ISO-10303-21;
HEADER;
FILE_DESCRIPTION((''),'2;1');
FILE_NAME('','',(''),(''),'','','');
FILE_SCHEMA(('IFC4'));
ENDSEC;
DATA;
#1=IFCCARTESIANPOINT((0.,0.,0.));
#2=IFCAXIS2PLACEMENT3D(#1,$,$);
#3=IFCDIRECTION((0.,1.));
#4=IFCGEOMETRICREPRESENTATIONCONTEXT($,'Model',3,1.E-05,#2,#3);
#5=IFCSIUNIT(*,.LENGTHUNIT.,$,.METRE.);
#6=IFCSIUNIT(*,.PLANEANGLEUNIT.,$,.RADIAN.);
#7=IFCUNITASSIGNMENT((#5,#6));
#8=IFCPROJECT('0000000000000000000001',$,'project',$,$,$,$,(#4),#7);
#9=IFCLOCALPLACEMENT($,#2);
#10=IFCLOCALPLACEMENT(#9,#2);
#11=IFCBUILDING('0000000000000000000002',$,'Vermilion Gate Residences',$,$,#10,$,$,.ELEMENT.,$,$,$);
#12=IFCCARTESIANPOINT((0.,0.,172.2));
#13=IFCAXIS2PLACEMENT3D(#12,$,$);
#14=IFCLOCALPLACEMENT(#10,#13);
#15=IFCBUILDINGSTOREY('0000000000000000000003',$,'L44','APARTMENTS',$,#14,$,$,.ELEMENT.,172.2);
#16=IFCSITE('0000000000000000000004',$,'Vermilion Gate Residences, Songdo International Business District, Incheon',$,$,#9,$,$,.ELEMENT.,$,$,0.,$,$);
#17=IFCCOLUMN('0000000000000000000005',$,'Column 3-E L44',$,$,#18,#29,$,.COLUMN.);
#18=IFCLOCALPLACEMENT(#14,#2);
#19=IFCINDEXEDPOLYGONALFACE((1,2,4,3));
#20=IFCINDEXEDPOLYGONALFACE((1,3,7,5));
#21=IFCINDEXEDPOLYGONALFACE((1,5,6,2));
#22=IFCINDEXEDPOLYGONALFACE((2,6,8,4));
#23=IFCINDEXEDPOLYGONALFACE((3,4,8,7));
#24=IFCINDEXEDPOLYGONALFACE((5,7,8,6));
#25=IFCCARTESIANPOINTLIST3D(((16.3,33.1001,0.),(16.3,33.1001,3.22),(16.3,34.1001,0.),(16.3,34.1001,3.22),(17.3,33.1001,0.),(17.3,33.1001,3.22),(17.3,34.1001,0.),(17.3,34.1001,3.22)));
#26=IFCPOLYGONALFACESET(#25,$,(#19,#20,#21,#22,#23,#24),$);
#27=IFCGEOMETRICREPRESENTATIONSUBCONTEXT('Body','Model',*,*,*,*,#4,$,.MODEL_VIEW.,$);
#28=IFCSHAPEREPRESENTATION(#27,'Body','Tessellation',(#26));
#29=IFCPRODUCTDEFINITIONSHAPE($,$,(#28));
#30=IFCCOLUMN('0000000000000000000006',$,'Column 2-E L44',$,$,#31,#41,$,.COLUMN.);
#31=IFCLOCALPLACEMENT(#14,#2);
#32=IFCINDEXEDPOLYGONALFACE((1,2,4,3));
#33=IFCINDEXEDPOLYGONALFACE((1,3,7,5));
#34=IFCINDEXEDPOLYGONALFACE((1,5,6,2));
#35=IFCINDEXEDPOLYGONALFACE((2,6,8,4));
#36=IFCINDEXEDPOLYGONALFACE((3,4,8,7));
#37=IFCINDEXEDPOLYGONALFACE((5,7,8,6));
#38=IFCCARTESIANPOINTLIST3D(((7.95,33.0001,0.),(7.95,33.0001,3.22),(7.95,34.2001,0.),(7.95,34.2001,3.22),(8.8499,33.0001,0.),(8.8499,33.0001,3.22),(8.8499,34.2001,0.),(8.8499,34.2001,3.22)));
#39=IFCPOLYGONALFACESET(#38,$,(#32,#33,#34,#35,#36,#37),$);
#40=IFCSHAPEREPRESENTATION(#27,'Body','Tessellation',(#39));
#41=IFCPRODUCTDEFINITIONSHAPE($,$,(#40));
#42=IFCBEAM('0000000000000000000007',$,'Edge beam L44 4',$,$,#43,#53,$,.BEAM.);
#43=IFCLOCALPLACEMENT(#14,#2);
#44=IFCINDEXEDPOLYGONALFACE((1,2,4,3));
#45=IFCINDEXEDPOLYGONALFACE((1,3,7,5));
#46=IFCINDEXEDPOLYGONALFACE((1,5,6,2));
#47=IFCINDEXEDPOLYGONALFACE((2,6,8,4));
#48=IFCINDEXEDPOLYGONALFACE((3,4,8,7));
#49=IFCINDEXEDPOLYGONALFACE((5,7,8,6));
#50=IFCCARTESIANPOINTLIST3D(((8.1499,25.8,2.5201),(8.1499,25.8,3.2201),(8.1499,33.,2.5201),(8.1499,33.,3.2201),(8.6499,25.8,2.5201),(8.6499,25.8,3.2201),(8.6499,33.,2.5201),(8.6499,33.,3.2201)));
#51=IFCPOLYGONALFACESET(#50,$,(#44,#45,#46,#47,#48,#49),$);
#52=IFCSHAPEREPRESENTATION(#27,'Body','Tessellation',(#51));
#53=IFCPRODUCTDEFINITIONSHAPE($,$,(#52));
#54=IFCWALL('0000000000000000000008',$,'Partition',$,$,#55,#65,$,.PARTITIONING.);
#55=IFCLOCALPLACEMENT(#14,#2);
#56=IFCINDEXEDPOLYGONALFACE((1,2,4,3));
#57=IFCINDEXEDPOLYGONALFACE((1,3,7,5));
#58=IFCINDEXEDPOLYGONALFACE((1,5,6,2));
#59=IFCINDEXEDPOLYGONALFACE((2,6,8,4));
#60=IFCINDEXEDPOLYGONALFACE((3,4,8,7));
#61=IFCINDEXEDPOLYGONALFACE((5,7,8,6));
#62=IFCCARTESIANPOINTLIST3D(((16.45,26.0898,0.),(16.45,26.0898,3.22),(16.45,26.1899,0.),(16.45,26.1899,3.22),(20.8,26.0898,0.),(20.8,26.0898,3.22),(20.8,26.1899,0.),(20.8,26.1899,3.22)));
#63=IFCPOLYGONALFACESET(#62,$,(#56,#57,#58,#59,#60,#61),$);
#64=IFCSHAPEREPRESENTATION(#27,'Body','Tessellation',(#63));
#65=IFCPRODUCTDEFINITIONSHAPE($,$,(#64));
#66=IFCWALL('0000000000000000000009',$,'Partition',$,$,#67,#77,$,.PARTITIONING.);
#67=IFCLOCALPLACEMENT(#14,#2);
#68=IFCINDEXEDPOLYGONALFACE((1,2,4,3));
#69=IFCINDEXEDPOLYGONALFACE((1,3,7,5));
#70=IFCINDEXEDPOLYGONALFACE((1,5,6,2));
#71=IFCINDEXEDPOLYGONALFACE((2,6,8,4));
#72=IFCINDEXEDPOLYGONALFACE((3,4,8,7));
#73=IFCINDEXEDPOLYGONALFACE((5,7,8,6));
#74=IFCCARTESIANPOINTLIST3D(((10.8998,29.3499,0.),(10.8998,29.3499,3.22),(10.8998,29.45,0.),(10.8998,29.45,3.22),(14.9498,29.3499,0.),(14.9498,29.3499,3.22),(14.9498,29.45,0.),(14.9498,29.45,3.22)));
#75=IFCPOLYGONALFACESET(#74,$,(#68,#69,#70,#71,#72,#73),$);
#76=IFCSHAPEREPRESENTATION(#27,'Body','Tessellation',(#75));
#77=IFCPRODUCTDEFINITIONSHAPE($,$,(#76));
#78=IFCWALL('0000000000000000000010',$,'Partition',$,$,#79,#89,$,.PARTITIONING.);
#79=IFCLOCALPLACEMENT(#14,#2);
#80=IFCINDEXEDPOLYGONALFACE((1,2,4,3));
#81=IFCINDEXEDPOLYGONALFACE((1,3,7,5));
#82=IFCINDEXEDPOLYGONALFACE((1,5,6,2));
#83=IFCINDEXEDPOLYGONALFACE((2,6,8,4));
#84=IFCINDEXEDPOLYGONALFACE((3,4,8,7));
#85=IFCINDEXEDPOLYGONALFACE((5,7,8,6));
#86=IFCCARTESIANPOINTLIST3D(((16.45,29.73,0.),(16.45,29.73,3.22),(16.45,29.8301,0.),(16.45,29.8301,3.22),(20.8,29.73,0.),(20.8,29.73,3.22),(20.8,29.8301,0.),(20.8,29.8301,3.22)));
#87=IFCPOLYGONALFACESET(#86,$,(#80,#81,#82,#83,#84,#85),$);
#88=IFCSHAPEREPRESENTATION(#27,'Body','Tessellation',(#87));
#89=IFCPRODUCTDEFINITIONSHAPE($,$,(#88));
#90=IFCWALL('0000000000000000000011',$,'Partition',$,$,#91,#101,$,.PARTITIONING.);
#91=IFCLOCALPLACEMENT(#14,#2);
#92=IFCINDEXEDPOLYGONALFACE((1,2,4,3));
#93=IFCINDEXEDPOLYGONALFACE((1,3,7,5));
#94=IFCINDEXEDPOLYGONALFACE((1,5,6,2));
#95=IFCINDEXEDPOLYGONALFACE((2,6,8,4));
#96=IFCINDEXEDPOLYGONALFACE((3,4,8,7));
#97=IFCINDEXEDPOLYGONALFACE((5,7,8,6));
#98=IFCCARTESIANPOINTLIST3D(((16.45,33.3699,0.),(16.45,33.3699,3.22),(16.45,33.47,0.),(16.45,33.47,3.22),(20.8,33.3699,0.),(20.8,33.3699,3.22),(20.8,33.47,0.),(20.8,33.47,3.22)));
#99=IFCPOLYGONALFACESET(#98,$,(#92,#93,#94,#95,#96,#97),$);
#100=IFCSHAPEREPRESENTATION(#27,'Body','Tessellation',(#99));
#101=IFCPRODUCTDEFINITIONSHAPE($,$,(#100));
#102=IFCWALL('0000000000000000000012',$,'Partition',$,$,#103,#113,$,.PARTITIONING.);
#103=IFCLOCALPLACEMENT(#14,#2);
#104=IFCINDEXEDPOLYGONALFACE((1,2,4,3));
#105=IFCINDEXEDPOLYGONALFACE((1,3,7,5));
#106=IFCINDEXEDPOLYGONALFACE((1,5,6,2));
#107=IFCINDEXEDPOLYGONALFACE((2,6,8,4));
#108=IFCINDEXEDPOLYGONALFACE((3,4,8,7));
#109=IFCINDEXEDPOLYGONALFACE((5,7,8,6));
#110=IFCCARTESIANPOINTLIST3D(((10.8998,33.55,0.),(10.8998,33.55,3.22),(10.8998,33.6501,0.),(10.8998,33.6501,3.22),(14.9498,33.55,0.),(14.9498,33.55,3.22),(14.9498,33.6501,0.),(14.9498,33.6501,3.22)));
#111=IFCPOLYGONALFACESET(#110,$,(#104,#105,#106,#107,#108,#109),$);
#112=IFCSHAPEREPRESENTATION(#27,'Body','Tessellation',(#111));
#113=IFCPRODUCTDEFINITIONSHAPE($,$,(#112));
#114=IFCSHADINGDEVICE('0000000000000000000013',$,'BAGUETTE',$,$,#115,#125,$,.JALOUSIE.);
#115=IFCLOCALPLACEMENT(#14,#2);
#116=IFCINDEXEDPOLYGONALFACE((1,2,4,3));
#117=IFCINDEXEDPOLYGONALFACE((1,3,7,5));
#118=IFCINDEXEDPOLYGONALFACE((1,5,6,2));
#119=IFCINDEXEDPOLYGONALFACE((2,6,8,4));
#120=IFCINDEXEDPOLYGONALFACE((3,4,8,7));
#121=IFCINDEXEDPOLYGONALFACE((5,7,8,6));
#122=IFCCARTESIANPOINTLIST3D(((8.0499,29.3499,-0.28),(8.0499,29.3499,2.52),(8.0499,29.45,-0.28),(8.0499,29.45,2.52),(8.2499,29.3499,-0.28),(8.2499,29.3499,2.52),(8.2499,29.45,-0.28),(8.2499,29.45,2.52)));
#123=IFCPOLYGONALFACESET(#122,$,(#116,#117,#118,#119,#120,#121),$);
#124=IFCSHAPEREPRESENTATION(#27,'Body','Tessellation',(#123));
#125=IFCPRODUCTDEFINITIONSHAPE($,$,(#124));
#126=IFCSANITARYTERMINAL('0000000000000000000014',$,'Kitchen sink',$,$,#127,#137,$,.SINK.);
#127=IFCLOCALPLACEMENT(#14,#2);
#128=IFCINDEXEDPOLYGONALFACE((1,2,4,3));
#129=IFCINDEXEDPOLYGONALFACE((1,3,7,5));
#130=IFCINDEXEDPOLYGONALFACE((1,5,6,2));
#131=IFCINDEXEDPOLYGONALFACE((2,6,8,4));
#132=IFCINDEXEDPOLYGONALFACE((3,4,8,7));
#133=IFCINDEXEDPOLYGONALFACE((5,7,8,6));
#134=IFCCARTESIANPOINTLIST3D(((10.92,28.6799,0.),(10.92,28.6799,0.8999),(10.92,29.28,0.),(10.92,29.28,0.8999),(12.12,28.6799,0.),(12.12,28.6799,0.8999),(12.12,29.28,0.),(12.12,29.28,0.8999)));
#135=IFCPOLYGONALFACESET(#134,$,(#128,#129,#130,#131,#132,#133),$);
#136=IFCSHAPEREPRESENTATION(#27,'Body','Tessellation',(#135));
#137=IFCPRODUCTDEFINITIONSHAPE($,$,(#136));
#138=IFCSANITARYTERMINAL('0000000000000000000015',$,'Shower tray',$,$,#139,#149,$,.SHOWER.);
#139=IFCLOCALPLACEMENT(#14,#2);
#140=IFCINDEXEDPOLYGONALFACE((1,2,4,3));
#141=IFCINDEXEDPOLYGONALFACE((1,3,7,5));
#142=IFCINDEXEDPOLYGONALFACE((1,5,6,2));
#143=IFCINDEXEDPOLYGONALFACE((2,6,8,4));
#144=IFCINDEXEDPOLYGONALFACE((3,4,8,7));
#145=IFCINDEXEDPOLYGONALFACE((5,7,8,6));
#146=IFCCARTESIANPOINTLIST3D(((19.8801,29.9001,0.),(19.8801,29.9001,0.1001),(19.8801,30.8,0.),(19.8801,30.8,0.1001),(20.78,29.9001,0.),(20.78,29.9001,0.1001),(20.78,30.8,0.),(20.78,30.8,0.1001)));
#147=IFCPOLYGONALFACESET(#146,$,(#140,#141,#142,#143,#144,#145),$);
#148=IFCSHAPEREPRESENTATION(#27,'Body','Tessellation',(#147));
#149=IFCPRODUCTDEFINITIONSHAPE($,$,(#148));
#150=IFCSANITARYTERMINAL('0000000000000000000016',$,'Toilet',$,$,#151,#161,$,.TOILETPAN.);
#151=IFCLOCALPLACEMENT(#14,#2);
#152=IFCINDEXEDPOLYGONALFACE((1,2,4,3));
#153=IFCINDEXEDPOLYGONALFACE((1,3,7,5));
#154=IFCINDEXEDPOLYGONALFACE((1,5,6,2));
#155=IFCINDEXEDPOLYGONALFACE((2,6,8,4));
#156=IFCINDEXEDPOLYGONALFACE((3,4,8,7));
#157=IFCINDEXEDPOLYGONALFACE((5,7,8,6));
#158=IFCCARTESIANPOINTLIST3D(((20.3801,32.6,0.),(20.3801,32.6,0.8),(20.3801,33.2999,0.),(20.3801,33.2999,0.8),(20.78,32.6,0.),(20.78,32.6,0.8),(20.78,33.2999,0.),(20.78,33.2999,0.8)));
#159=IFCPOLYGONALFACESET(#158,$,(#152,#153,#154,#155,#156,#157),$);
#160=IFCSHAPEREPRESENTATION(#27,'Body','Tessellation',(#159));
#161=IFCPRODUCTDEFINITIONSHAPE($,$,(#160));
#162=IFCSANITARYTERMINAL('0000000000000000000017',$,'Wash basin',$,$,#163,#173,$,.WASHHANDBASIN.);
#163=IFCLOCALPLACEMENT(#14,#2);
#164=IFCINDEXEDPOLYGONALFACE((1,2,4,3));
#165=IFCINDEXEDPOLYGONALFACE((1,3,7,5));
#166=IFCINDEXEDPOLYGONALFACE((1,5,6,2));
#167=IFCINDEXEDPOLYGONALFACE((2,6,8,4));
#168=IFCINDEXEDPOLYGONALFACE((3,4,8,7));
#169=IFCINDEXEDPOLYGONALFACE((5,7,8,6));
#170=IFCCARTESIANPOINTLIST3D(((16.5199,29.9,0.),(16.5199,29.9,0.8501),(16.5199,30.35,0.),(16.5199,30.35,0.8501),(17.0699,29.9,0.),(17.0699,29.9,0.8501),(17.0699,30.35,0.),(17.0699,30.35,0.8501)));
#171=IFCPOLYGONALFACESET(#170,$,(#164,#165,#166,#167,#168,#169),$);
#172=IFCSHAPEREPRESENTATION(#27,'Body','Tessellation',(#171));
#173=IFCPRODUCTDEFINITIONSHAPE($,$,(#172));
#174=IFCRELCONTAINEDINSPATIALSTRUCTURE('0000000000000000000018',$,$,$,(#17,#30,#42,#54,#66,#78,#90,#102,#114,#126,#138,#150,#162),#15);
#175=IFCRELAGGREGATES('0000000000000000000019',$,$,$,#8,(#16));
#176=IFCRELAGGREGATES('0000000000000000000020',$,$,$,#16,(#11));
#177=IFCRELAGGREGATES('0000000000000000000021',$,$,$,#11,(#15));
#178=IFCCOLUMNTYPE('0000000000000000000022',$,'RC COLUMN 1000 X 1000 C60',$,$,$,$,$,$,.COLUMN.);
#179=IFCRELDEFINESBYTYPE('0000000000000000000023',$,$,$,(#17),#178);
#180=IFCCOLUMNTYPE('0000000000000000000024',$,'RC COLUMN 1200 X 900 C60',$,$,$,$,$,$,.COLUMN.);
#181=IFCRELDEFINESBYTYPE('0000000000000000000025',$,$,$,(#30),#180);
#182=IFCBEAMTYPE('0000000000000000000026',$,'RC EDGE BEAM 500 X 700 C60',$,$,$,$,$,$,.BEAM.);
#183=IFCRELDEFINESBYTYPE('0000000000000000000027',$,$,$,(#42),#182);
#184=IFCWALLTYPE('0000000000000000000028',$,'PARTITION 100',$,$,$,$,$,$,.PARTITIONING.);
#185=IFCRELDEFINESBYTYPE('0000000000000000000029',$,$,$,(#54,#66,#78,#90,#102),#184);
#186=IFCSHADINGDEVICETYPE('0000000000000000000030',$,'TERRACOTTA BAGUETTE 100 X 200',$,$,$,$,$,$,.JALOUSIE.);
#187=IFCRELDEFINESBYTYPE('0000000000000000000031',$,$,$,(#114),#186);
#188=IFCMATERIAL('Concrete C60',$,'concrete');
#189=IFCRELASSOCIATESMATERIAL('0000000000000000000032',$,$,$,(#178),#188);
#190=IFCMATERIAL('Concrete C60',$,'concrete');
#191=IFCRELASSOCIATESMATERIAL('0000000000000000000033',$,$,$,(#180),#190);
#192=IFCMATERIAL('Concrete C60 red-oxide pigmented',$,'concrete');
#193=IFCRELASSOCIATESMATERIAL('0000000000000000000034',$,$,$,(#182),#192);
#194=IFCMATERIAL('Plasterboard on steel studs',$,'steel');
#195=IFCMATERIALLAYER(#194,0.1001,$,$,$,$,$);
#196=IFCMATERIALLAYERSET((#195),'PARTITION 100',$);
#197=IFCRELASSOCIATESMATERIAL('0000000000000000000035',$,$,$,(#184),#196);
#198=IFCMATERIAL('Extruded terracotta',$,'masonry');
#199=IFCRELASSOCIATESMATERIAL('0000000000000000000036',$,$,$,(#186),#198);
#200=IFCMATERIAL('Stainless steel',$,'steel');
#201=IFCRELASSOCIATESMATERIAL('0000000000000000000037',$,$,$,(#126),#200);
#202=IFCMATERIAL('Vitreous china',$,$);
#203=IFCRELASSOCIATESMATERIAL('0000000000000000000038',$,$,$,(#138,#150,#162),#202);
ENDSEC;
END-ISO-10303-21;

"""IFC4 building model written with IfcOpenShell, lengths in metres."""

from ifc_helpers import new_model, si_unit, direction, frame, frame_2d, origin, origin_2d, place, context, subcontext, project, spatial, rectangle, extrude, material, layer, layer_set, material_profile, profile_set, type_object, element, save


model = new_model("IFC4")

# Units and contexts
model_context = context("Model", 3, precision=1e-05, world=origin(), true_north=direction((0.0, 1.0)))
body_context = subcontext(model_context, "Body", "Model", "MODEL_VIEW")
ifc_project = project(units=[si_unit("LENGTHUNIT", "METRE"), si_unit("PLANEANGLEUNIT", "RADIAN")], contexts=[model_context])

# Site, building, storey
site_placement = place(None, origin())
site = spatial("IfcSite", under=ifc_project, at=site_placement, Name="Vermilion Gate Residences, Songdo International Business District, Incheon", CompositionType="ELEMENT", RefElevation=0.0)
building_placement = place(site_placement, origin())
building = spatial("IfcBuilding", under=site, at=building_placement, Name="Vermilion Gate Residences", CompositionType="ELEMENT")
storey_placement = place(building_placement, frame((0.0, 0.0, 172.2)))
storey = spatial("IfcBuildingStorey", under=building, at=storey_placement, Name="L44", Description="APARTMENTS", CompositionType="ELEMENT", Elevation=172.2)

# Columns
ifc_material_1 = material(Name="Concrete C60", Category="concrete")
ifc_material_profile_1 = material_profile(ifc_material_1, rectangle(XDim=1.0, YDim=1.0, at=origin_2d()), Name="RC-1000x1000")
ifc_profile_set_1 = profile_set([ifc_material_profile_1], Name="Concrete C60")
column_type_1 = type_object("IfcColumnType", Name="RC COLUMN 1000 X 1000 C60", PredefinedType="COLUMN", material=ifc_profile_set_1)
column_1_placement = place(storey_placement, frame((16.8, 33.6001, 0.0), z_axis=(0.0, 0.0, 1.0), x_axis=(1.0, 0.0, 0.0)))
element("IfcColumn", 1, at=column_1_placement, inside=storey, type_object=column_type_1, Name="Column 3-E L44", PredefinedType="COLUMN", context=body_context, shape_type="SweptSolid", body=[
    extrude(rectangle(XDim=1.0, YDim=1.0, at=origin_2d()), origin(), (0.0, 0.0, 1.0), 3.22),
])
ifc_material_2 = material(Name="Concrete C60", Category="concrete")
ifc_material_profile_2 = material_profile(ifc_material_2, rectangle(XDim=1.2, YDim=0.8999, at=origin_2d()), Name="RC-1200x900")
ifc_profile_set_2 = profile_set([ifc_material_profile_2], Name="Concrete C60")
column_type_2 = type_object("IfcColumnType", Name="RC COLUMN 1200 X 900 C60", PredefinedType="COLUMN", material=ifc_profile_set_2)
column_2_placement = place(storey_placement, frame((8.3999, 33.6001, 0.0), z_axis=(0.0, 0.0, 1.0), x_axis=(0.0, 1.0, 0.0)))
element("IfcColumn", 2, at=column_2_placement, inside=storey, type_object=column_type_2, Name="Column 2-E L44", PredefinedType="COLUMN", context=body_context, shape_type="SweptSolid", body=[
    extrude(rectangle(XDim=1.2, YDim=0.8999, at=origin_2d()), origin(), (0.0, 0.0, 1.0), 3.22),
])

# Beam
ifc_material_3 = material(Name="Concrete C60 red-oxide pigmented", Category="concrete")
ifc_material_profile_3 = material_profile(ifc_material_3, rectangle(XDim=0.5, YDim=0.7, at=origin_2d()), Name="RC-500x700")
ifc_profile_set_3 = profile_set([ifc_material_profile_3], Name="Concrete C60 red-oxide pigmented")
beam_type = type_object("IfcBeamType", Name="RC EDGE BEAM 500 X 700 C60", PredefinedType="BEAM", material=ifc_profile_set_3)
beam_placement = place(storey_placement, frame((8.3999, 25.8, 2.8701), z_axis=(0.0, 1.0, 0.0), x_axis=(-1.0, 0.0, 0.0)))
element("IfcBeam", 3, at=beam_placement, inside=storey, type_object=beam_type, Name="Edge beam L44 4", PredefinedType="BEAM", context=body_context, shape_type="SweptSolid", body=[
    extrude(rectangle(XDim=0.5, YDim=0.7, at=origin_2d()), origin(), (0.0, 0.0, 1.0), 7.2),
])

# Walls
ifc_material_4 = material(Name="Plasterboard on steel studs", Category="steel")
ifc_layer = layer(ifc_material_4, 0.1001)
ifc_layer_set = layer_set([ifc_layer], Name="PARTITION 100")
wall_type = type_object("IfcWallType", Name="PARTITION 100", PredefinedType="PARTITIONING", material=ifc_layer_set)
wall_1_placement = place(storey_placement, frame((16.45, 26.1399, 0.0), z_axis=(0.0, 0.0, 1.0), x_axis=(1.0, 0.0, 0.0)))
element("IfcWall", 4, at=wall_1_placement, inside=storey, type_object=wall_type, Name="Partition", PredefinedType="PARTITIONING", context=body_context, shape_type="SweptSolid", body=[
    extrude(rectangle(XDim=4.3501, YDim=0.1001, at=frame_2d((2.175, 0.0))), origin(), (0.0, 0.0, 1.0), 3.22),
])
wall_2_placement = place(storey_placement, frame((10.8999, 29.3999, 0.0), z_axis=(0.0, 0.0, 1.0), x_axis=(1.0, 0.0, 0.0)))
element("IfcWall", 5, at=wall_2_placement, inside=storey, type_object=wall_type, Name="Partition", PredefinedType="PARTITIONING", context=body_context, shape_type="SweptSolid", body=[
    extrude(rectangle(XDim=4.05, YDim=0.1001, at=frame_2d((2.0249, 0.0))), origin(), (0.0, 0.0, 1.0), 3.22),
])
for number, where, z_axis, x_axis, name in (
    (6, (16.45, 29.78, 0.0), (0.0, 0.0, 1.0), (1.0, 0.0, 0.0), "Partition"),
    (7, (16.45, 33.4199, 0.0), (0.0, 0.0, 1.0), (1.0, 0.0, 0.0), "Partition"),
):
    element("IfcWall", number, at=place(storey_placement, frame(where, z_axis=z_axis, x_axis=x_axis)), inside=storey, type_object=wall_type, Name=name, PredefinedType="PARTITIONING", context=body_context, shape_type="SweptSolid", body=[
        extrude(rectangle(XDim=4.3501, YDim=0.1001, at=frame_2d((2.175, 0.0))), origin(), (0.0, 0.0, 1.0), 3.22),
    ])
wall_3_placement = place(storey_placement, frame((10.8999, 33.6001, 0.0), z_axis=(0.0, 0.0, 1.0), x_axis=(1.0, 0.0, 0.0)))
element("IfcWall", 8, at=wall_3_placement, inside=storey, type_object=wall_type, Name="Partition", PredefinedType="PARTITIONING", context=body_context, shape_type="SweptSolid", body=[
    extrude(rectangle(XDim=4.05, YDim=0.1001, at=frame_2d((2.0249, 0.0))), origin(), (0.0, 0.0, 1.0), 3.22),
])

# Shading device
ifc_material_5 = material(Name="Extruded terracotta", Category="masonry")
ifc_material_profile_4 = material_profile(ifc_material_5, rectangle(XDim=0.2, YDim=0.1001, at=origin_2d()), Name="BAGUETTE 100 X 200")
ifc_profile_set_4 = profile_set([ifc_material_profile_4], Name="Extruded terracotta")
shading_device_type = type_object("IfcShadingDeviceType", Name="TERRACOTTA BAGUETTE 100 X 200", PredefinedType="JALOUSIE", material=ifc_profile_set_4)
shading_device_placement = place(storey_placement, frame((8.1499, 29.3999, -0.28), z_axis=(0.0, 0.0, 1.0), x_axis=(1.0, 0.0, 0.0)))
element("IfcShadingDevice", 9, at=shading_device_placement, inside=storey, type_object=shading_device_type, Name="BAGUETTE", PredefinedType="JALOUSIE", context=body_context, shape_type="SweptSolid", body=[
    extrude(rectangle(XDim=0.2, YDim=0.1001, at=origin_2d()), origin(), (0.0, 0.0, 1.0), 2.8),
])

# Sanitary terminals
ifc_material_6 = material(Name="Stainless steel", Category="steel")
sanitary_terminal_1_placement = place(storey_placement, frame((11.52, 28.98, 0.0), z_axis=(0.0, 0.0, 1.0), x_axis=(1.0, 0.0, 0.0)))
element("IfcSanitaryTerminal", 10, at=sanitary_terminal_1_placement, inside=storey, material=ifc_material_6, Name="Kitchen sink", PredefinedType="SINK", context=body_context, shape_type="SweptSolid", body=[
    extrude(rectangle(XDim=1.2, YDim=0.6001, at=origin_2d()), origin(), (0.0, 0.0, 1.0), 0.8999),
])
ifc_material_7 = material(Name="Vitreous china")
sanitary_terminal_2_placement = place(storey_placement, frame((20.3301, 30.3501, 0.0), z_axis=(0.0, 0.0, 1.0), x_axis=(1.0, 0.0, 0.0)))
element("IfcSanitaryTerminal", 11, at=sanitary_terminal_2_placement, inside=storey, material=ifc_material_7, Name="Shower tray", PredefinedType="SHOWER", context=body_context, shape_type="SweptSolid", body=[
    extrude(rectangle(XDim=0.8999, YDim=0.8999, at=origin_2d()), origin(), (0.0, 0.0, 1.0), 0.1001),
])
sanitary_terminal_3_placement = place(storey_placement, frame((20.5801, 32.95, 0.0), z_axis=(0.0, 0.0, 1.0), x_axis=(1.0, 0.0, 0.0)))
element("IfcSanitaryTerminal", 12, at=sanitary_terminal_3_placement, inside=storey, material=ifc_material_7, Name="Toilet", PredefinedType="TOILETPAN", context=body_context, shape_type="SweptSolid", body=[
    extrude(rectangle(XDim=0.3999, YDim=0.7, at=origin_2d()), origin(), (0.0, 0.0, 1.0), 0.8),
])
sanitary_terminal_4_placement = place(storey_placement, frame((16.7949, 30.125, 0.0), z_axis=(0.0, 0.0, 1.0), x_axis=(1.0, 0.0, 0.0)))
element("IfcSanitaryTerminal", 13, at=sanitary_terminal_4_placement, inside=storey, material=ifc_material_7, Name="Wash basin", PredefinedType="WASHHANDBASIN", context=body_context, shape_type="SweptSolid", body=[
    extrude(rectangle(XDim=0.55, YDim=0.45, at=origin_2d()), origin(), (0.0, 0.0, 1.0), 0.8501),
])

save(model, "model.ifc")
